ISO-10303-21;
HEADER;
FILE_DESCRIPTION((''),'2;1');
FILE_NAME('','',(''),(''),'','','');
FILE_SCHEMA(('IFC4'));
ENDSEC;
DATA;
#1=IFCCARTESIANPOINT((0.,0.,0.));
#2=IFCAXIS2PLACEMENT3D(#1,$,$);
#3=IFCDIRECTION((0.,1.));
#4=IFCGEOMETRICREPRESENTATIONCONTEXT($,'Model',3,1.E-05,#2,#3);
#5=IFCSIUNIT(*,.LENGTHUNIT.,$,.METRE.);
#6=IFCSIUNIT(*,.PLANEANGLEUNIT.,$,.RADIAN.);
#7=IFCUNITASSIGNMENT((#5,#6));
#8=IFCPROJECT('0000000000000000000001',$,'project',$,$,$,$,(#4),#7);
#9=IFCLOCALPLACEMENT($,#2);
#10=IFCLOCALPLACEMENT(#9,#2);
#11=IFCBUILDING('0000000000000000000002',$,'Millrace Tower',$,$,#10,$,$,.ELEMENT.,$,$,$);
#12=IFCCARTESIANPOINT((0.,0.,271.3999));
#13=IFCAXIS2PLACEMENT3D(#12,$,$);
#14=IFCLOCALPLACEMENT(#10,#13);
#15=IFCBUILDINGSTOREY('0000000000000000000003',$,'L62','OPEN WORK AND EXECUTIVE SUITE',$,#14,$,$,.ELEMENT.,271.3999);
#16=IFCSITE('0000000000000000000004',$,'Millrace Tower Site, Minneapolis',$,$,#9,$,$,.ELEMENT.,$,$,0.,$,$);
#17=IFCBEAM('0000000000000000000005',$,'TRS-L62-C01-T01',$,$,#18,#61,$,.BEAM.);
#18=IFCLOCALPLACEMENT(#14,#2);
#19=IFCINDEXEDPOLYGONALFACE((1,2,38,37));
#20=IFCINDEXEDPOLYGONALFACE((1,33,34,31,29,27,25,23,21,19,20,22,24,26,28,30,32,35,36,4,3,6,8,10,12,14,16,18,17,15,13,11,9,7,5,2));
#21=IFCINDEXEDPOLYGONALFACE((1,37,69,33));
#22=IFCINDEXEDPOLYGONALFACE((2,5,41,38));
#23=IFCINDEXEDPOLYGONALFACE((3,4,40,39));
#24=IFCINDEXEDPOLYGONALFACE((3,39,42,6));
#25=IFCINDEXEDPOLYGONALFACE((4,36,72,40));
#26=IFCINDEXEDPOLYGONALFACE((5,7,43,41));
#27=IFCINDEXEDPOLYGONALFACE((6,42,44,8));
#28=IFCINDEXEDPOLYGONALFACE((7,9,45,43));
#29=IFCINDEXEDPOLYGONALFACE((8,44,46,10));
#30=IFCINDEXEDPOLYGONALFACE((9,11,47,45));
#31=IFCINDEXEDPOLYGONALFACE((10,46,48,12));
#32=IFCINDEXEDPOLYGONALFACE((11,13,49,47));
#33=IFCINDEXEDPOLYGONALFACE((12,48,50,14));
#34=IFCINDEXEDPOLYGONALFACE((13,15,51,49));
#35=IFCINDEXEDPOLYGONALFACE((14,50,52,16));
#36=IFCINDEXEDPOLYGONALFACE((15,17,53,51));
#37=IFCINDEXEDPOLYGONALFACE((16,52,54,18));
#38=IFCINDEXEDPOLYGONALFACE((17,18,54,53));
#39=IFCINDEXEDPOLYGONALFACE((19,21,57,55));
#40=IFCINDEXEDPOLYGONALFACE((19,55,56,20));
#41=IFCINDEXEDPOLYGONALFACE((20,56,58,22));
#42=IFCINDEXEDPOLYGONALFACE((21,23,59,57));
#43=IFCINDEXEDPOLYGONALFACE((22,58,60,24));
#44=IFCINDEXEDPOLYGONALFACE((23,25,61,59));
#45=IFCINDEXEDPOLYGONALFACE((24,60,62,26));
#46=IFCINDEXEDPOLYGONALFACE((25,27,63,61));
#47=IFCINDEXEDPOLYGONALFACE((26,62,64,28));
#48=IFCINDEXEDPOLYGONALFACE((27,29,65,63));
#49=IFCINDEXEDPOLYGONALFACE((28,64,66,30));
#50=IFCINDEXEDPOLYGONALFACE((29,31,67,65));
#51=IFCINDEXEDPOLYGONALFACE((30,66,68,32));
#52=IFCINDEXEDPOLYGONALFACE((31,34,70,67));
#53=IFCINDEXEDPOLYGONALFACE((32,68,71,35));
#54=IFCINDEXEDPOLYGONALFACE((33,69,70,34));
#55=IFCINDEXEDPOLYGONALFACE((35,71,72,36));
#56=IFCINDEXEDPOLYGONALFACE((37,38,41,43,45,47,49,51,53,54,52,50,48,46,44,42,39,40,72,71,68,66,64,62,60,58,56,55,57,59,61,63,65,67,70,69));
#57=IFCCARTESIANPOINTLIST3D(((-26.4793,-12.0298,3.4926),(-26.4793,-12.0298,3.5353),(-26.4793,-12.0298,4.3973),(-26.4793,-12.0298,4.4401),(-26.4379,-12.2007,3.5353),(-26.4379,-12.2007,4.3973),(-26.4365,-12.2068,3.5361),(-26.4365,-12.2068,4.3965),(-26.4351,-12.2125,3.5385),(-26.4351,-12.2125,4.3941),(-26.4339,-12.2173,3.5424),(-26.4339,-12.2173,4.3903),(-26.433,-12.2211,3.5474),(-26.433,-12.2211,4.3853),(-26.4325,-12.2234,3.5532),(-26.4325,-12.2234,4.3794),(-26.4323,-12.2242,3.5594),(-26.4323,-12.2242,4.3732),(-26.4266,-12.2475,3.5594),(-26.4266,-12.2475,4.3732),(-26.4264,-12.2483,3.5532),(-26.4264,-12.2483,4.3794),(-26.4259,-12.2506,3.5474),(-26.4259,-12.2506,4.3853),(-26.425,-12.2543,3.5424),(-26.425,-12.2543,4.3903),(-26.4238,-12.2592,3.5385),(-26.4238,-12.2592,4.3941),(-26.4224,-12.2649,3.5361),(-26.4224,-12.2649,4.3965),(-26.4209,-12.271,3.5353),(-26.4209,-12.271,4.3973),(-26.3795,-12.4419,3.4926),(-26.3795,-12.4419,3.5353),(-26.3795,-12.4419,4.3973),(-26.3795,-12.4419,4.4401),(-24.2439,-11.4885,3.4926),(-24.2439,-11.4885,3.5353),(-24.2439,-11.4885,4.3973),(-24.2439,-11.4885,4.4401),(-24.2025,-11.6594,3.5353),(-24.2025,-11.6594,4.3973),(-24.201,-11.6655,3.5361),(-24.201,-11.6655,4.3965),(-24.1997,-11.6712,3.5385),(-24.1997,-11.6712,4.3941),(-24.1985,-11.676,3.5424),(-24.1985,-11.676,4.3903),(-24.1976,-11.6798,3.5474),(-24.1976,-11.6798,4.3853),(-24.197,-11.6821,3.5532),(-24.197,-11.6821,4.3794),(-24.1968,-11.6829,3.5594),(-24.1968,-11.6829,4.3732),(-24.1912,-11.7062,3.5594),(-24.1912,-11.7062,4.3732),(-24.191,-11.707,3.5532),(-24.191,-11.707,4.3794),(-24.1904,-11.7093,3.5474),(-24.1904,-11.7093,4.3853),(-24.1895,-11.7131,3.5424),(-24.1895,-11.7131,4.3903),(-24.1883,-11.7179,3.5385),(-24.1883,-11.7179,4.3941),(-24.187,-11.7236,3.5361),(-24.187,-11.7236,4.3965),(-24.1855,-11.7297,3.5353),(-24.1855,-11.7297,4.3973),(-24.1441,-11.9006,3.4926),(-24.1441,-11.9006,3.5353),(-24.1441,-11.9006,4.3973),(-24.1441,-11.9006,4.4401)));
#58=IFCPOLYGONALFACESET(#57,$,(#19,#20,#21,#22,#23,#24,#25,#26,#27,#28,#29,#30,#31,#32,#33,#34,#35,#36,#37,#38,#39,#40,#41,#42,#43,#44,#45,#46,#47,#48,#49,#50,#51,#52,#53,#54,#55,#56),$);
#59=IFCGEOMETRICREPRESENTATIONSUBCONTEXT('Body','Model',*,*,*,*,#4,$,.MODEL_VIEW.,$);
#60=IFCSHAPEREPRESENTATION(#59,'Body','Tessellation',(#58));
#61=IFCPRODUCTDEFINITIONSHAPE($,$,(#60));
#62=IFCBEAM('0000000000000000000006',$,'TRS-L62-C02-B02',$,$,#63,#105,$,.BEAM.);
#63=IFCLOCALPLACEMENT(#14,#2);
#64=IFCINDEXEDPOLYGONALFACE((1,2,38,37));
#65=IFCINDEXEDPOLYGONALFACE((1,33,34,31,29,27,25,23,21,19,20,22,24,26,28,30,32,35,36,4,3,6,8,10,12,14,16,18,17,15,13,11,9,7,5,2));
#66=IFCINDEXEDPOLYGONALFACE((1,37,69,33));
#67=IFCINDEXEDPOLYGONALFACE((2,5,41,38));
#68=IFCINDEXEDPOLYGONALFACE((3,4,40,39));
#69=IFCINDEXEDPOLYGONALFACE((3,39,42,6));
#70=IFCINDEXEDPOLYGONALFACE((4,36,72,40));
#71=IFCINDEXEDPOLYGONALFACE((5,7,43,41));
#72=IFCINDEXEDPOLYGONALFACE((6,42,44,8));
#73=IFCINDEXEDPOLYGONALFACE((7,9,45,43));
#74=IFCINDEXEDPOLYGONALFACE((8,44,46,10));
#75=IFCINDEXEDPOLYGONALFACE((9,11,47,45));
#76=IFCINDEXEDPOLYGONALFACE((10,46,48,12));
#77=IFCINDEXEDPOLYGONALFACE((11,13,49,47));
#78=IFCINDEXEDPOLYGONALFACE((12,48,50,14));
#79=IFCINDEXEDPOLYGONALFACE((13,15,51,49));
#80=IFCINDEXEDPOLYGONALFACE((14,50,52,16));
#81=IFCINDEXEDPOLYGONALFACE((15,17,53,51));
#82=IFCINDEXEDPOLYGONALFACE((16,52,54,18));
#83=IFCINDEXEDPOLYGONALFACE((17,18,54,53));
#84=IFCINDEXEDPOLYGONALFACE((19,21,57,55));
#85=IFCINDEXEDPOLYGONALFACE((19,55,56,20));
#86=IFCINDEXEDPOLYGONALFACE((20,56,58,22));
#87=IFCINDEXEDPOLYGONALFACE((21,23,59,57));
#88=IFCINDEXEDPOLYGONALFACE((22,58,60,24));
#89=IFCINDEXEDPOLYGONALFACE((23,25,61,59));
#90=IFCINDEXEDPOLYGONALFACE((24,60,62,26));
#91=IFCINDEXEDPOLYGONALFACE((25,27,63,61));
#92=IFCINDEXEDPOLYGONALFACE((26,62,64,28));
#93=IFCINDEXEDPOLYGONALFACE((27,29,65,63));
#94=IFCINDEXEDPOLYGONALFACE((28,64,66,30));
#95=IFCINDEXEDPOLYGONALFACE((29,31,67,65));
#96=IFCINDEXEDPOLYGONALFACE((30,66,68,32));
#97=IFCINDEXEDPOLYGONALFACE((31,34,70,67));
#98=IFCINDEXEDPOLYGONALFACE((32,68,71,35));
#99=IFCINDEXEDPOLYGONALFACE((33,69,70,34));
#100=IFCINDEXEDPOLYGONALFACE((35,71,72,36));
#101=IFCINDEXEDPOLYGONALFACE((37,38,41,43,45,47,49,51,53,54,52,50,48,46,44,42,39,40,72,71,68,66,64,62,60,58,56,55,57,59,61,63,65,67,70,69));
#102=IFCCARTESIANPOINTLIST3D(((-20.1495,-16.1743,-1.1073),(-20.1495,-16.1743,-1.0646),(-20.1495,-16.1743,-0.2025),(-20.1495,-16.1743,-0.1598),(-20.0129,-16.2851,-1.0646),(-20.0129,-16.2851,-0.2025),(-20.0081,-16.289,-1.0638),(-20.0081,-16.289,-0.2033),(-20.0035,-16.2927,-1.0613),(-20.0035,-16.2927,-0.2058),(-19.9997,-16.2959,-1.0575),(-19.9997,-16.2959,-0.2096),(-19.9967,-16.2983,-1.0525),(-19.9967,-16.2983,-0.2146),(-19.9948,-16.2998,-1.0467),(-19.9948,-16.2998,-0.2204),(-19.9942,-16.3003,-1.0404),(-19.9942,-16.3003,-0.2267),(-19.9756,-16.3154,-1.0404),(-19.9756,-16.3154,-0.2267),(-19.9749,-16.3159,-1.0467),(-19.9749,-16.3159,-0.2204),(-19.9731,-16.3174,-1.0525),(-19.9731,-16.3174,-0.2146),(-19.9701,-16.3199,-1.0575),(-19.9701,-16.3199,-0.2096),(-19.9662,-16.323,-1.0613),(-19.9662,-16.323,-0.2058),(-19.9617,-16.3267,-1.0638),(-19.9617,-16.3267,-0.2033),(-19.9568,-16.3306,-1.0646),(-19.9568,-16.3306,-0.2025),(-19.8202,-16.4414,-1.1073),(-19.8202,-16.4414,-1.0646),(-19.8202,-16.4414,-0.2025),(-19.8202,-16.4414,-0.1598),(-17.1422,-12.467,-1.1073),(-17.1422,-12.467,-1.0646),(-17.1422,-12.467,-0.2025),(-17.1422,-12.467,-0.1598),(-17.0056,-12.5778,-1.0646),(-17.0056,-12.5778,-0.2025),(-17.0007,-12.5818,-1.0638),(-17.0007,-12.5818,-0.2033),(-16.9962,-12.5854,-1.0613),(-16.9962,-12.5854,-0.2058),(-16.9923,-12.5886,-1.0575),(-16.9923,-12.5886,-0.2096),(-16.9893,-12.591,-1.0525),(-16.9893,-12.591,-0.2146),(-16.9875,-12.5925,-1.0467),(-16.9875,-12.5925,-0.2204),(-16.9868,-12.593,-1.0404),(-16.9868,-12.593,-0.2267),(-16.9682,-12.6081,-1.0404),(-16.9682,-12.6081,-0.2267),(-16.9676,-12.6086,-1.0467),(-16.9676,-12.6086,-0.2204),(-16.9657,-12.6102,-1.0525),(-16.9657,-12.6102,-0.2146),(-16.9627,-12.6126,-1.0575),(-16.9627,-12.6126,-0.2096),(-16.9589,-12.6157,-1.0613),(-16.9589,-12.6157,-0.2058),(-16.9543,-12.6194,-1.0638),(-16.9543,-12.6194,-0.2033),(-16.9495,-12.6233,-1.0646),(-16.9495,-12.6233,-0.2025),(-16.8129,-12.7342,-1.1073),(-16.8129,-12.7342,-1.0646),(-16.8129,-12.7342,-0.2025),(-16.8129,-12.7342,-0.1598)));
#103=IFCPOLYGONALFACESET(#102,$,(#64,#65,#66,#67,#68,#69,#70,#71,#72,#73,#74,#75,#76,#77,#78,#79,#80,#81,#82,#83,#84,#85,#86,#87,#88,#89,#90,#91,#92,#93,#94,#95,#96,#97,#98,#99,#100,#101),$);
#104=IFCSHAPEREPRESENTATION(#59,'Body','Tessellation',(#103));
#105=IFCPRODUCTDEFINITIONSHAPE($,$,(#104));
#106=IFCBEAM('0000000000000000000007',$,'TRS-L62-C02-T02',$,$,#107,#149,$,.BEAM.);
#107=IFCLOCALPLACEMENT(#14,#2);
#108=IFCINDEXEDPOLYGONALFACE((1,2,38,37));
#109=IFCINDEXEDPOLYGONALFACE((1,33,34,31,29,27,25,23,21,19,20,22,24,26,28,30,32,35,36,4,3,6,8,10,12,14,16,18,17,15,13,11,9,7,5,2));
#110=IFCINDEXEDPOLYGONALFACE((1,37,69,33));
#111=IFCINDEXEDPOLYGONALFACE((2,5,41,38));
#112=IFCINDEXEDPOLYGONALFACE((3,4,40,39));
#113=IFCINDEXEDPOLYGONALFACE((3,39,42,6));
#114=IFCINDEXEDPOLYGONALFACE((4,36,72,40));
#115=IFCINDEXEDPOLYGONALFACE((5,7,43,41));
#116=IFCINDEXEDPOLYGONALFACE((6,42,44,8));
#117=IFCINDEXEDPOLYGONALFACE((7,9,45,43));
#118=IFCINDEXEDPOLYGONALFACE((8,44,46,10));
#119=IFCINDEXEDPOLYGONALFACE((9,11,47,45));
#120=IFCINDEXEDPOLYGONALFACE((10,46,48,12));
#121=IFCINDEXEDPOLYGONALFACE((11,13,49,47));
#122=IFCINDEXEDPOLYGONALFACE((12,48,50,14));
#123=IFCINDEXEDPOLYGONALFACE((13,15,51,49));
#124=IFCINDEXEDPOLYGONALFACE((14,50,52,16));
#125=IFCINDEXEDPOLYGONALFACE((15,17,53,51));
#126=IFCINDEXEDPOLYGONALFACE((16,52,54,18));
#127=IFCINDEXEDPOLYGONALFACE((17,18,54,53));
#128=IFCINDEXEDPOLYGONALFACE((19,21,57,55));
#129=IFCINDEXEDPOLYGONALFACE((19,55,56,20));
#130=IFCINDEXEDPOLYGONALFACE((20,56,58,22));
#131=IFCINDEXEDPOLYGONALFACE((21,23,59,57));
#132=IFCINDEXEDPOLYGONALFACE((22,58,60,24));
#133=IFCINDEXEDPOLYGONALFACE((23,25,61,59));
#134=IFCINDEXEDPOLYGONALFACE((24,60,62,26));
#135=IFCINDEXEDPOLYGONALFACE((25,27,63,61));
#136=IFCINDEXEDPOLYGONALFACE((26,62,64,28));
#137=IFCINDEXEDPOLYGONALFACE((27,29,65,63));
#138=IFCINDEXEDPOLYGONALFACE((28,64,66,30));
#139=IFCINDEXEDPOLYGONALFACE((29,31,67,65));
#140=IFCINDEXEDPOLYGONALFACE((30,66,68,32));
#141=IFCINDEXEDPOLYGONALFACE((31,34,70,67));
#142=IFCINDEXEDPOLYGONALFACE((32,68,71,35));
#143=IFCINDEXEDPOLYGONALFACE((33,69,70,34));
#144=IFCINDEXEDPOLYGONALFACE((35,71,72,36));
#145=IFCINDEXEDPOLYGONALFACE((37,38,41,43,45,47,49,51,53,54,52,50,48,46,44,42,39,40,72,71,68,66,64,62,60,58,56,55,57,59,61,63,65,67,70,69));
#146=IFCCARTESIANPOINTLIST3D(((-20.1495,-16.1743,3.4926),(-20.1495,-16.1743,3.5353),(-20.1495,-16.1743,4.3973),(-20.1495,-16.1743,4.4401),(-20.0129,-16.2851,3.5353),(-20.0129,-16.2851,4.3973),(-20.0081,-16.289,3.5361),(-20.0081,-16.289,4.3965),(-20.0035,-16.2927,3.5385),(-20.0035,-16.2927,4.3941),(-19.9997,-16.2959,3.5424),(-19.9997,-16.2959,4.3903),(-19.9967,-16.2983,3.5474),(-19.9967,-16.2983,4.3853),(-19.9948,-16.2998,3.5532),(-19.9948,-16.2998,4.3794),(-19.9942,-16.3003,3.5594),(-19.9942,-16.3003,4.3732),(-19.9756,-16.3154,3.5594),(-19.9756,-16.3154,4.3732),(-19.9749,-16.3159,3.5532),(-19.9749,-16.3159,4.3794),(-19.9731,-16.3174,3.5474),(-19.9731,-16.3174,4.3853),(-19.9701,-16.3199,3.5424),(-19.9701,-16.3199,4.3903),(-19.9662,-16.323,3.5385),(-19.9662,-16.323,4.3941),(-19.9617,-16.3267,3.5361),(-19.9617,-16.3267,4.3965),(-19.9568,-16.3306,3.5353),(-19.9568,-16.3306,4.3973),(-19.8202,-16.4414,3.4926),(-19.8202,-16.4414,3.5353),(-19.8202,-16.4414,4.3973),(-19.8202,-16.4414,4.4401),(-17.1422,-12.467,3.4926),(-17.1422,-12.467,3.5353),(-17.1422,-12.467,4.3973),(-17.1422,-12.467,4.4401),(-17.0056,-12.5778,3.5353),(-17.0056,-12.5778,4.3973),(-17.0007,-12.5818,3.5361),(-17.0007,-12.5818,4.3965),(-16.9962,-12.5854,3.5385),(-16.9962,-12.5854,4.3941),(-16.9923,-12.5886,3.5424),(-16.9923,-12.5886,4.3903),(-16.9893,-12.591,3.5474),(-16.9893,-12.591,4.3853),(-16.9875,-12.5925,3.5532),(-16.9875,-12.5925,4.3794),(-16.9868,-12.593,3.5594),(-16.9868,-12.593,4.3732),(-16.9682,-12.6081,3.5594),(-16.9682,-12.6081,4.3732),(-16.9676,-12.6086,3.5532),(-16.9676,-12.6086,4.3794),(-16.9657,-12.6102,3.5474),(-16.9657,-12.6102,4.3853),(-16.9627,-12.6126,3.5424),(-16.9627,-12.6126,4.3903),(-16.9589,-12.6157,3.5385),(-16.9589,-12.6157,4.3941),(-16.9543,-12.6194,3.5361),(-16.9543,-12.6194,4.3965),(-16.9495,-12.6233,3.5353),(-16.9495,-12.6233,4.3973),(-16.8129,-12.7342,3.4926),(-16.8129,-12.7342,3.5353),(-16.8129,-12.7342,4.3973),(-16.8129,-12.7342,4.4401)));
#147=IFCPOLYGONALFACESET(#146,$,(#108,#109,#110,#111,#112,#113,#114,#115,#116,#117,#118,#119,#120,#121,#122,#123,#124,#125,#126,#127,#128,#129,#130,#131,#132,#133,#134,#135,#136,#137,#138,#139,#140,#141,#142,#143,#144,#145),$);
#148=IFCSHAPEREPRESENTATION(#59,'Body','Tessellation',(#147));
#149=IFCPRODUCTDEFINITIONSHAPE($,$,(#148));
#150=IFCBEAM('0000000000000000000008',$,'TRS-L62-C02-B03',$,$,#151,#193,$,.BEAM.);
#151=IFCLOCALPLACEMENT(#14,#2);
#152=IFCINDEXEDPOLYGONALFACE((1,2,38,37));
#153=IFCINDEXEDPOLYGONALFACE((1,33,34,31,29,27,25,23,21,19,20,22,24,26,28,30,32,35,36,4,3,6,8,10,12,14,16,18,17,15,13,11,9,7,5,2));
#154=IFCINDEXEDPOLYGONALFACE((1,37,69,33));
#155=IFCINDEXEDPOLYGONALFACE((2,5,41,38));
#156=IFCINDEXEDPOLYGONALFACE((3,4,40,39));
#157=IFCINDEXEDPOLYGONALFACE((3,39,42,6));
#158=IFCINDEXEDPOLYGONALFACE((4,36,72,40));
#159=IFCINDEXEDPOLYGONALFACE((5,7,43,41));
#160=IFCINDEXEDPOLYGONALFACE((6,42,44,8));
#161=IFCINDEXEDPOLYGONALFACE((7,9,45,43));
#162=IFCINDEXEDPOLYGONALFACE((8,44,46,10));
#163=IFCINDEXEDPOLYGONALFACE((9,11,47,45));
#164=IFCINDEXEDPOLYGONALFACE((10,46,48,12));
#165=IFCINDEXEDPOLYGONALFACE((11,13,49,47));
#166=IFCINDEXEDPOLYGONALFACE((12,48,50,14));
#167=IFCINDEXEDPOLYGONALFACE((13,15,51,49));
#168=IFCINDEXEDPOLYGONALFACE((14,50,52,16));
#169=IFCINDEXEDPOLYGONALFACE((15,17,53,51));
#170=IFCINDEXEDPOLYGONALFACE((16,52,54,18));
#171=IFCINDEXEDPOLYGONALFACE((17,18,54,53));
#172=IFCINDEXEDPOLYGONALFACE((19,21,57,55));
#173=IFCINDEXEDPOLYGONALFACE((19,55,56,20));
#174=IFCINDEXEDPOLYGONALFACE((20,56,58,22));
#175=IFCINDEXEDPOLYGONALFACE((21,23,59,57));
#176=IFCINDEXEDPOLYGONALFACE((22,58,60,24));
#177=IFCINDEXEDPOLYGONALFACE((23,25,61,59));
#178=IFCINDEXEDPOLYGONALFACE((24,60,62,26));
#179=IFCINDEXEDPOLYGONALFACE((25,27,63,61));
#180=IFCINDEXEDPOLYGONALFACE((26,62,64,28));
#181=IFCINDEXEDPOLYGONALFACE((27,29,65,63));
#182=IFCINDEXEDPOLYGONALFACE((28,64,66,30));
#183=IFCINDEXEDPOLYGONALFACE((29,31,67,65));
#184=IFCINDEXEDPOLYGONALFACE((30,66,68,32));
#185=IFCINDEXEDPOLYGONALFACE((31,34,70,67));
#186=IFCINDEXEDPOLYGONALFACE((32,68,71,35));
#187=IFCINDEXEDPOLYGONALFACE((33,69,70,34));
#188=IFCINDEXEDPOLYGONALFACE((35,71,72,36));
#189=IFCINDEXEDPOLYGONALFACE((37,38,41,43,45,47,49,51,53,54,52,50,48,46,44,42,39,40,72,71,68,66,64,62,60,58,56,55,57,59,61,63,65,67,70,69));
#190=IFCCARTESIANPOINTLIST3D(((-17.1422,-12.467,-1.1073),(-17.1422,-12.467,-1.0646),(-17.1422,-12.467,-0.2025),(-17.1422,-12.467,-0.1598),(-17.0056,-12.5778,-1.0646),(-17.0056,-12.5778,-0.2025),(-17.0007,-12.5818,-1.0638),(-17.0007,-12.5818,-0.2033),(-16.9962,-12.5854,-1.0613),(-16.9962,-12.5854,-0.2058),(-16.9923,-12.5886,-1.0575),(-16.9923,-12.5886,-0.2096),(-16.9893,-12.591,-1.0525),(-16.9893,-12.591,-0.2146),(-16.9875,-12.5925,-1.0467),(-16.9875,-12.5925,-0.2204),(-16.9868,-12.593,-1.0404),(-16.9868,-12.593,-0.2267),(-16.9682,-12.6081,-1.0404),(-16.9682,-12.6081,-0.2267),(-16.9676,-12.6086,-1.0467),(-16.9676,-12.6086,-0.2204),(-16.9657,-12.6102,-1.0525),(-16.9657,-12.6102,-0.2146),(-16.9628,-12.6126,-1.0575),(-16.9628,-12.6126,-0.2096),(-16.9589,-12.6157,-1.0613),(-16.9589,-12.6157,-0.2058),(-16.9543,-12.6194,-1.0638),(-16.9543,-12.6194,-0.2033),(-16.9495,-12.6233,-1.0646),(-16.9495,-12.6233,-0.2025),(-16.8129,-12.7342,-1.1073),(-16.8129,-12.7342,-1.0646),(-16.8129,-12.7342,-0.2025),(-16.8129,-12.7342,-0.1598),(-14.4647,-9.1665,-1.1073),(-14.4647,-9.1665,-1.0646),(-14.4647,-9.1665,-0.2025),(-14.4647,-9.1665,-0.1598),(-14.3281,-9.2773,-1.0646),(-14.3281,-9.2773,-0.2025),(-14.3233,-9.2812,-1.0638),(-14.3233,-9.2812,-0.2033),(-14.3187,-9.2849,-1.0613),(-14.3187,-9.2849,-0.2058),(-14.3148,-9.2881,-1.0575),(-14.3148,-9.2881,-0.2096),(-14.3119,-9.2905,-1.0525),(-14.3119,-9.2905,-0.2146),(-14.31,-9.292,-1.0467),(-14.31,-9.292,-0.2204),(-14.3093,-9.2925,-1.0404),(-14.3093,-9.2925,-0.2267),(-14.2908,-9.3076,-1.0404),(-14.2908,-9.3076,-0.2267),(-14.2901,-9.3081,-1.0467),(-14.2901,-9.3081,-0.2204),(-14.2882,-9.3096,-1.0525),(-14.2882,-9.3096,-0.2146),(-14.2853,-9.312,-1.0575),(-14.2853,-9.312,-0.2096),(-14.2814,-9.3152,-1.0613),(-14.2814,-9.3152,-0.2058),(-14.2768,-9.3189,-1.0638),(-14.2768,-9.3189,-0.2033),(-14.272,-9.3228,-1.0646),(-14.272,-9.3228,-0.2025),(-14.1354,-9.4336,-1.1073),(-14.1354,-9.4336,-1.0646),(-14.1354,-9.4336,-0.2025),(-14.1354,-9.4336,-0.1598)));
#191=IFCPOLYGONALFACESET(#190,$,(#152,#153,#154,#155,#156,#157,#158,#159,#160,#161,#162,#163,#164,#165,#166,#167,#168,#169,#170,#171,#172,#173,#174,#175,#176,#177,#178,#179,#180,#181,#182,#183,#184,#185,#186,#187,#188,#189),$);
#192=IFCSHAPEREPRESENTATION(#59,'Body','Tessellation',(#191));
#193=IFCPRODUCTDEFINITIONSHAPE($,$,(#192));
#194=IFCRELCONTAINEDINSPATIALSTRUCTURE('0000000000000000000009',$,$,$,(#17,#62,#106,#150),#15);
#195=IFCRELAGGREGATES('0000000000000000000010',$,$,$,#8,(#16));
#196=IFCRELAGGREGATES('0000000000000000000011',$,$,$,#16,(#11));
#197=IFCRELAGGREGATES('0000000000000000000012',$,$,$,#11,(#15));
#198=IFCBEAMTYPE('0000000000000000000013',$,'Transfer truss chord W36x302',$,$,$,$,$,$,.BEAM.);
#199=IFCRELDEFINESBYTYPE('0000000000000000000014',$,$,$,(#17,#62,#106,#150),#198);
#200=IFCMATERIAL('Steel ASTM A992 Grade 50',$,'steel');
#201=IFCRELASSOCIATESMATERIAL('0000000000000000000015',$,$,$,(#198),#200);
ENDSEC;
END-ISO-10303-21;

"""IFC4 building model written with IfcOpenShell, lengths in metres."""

from ifc_helpers import new_model, si_unit, direction, frame, origin, origin_2d, place, context, subcontext, project, spatial, i_section, extrude, material, material_profile, profile_set, type_object, element, save


model = new_model("IFC4")

# Units and contexts
model_context = context("Model", 3, precision=1e-05, world=origin(), true_north=direction((0.0, 1.0)))
body_context = subcontext(model_context, "Body", "Model", "MODEL_VIEW")
ifc_project = project(units=[si_unit("LENGTHUNIT", "METRE"), si_unit("PLANEANGLEUNIT", "RADIAN")], contexts=[model_context])

# Site, building, storey
site_placement = place(None, origin())
site = spatial("IfcSite", under=ifc_project, at=site_placement, Name="Millrace Tower Site, Minneapolis", CompositionType="ELEMENT", RefElevation=0.0)
building_placement = place(site_placement, origin())
building = spatial("IfcBuilding", under=site, at=building_placement, Name="Millrace Tower", CompositionType="ELEMENT")
storey_placement = place(building_placement, frame((0.0, 0.0, 271.3999)))
storey = spatial("IfcBuildingStorey", under=building, at=storey_placement, Name="L62", Description="OPEN WORK AND EXECUTIVE SUITE", CompositionType="ELEMENT", Elevation=271.3999)

# Beams
ifc_material_1 = material(Name="Steel ASTM A992 Grade 50", Category="steel")
ifc_material_profile_1 = material_profile(ifc_material_1, i_section(OverallWidth=0.4241, OverallDepth=0.9475, WebThickness=0.0239, FlangeThickness=0.0427, FilletRadius=0.0242, at=origin_2d()))
ifc_profile_set_1 = profile_set([ifc_material_profile_1], Name="Steel ASTM A992 Grade 50")
beam_type_1 = type_object("IfcBeamType", Name="Transfer truss chord W36x302", PredefinedType="BEAM", material=ifc_profile_set_1)
for number, where, z_axis, x_axis, name in (
    (1, (-26.4294, -12.2358, 3.9663), (0.971914, 0.235336, 0.0), (-0.235336, 0.971914, 0.0), "TRS-L62-C01-T01"),
):
    element("IfcBeam", number, at=place(storey_placement, frame(where, z_axis=z_axis, x_axis=x_axis)), inside=storey, type_object=beam_type_1, Name=name, PredefinedType="BEAM", context=body_context, shape_type="SweptSolid", body=[
        extrude(i_section(OverallWidth=0.4241, OverallDepth=0.9475, WebThickness=0.0239, FlangeThickness=0.0427, FilletRadius=0.0242, at=origin_2d()), origin(), (0.0, 0.0, 1.0), 2.3),
    ])
for number, where, z_axis, x_axis, name in (
    (2, (-19.9849, -16.3079, -0.6335), (0.629982, 0.77661, 0.0), (-0.77661, 0.629982, 0.0), "TRS-L62-C02-B02"),
    (3, (-19.9849, -16.3079, 3.9663), (0.629982, 0.77661, 0.0), (-0.77661, 0.629982, 0.0), "TRS-L62-C02-T02"),
):
    element("IfcBeam", number, at=place(storey_placement, frame(where, z_axis=z_axis, x_axis=x_axis)), inside=storey, type_object=beam_type_1, Name=name, PredefinedType="BEAM", context=body_context, shape_type="SweptSolid", body=[
        extrude(i_section(OverallWidth=0.4241, OverallDepth=0.9475, WebThickness=0.0239, FlangeThickness=0.0427, FilletRadius=0.0242, at=origin_2d()), origin(), (0.0, 0.0, 1.0), 4.7737),
    ])
for number, where, z_axis, x_axis, name in (
    (4, (-16.9775, -12.6006, -0.6335), (0.629998, 0.776597, 0.0), (-0.776597, 0.629998, 0.0), "TRS-L62-C02-B03"),
):
    element("IfcBeam", number, at=place(storey_placement, frame(where, z_axis=z_axis, x_axis=x_axis)), inside=storey, type_object=beam_type_1, Name=name, PredefinedType="BEAM", context=body_context, shape_type="SweptSolid", body=[
        extrude(i_section(OverallWidth=0.4241, OverallDepth=0.9475, WebThickness=0.0239, FlangeThickness=0.0427, FilletRadius=0.0242, at=origin_2d()), origin(), (0.0, 0.0, 1.0), 4.25),
    ])

save(model, "model.ifc")
